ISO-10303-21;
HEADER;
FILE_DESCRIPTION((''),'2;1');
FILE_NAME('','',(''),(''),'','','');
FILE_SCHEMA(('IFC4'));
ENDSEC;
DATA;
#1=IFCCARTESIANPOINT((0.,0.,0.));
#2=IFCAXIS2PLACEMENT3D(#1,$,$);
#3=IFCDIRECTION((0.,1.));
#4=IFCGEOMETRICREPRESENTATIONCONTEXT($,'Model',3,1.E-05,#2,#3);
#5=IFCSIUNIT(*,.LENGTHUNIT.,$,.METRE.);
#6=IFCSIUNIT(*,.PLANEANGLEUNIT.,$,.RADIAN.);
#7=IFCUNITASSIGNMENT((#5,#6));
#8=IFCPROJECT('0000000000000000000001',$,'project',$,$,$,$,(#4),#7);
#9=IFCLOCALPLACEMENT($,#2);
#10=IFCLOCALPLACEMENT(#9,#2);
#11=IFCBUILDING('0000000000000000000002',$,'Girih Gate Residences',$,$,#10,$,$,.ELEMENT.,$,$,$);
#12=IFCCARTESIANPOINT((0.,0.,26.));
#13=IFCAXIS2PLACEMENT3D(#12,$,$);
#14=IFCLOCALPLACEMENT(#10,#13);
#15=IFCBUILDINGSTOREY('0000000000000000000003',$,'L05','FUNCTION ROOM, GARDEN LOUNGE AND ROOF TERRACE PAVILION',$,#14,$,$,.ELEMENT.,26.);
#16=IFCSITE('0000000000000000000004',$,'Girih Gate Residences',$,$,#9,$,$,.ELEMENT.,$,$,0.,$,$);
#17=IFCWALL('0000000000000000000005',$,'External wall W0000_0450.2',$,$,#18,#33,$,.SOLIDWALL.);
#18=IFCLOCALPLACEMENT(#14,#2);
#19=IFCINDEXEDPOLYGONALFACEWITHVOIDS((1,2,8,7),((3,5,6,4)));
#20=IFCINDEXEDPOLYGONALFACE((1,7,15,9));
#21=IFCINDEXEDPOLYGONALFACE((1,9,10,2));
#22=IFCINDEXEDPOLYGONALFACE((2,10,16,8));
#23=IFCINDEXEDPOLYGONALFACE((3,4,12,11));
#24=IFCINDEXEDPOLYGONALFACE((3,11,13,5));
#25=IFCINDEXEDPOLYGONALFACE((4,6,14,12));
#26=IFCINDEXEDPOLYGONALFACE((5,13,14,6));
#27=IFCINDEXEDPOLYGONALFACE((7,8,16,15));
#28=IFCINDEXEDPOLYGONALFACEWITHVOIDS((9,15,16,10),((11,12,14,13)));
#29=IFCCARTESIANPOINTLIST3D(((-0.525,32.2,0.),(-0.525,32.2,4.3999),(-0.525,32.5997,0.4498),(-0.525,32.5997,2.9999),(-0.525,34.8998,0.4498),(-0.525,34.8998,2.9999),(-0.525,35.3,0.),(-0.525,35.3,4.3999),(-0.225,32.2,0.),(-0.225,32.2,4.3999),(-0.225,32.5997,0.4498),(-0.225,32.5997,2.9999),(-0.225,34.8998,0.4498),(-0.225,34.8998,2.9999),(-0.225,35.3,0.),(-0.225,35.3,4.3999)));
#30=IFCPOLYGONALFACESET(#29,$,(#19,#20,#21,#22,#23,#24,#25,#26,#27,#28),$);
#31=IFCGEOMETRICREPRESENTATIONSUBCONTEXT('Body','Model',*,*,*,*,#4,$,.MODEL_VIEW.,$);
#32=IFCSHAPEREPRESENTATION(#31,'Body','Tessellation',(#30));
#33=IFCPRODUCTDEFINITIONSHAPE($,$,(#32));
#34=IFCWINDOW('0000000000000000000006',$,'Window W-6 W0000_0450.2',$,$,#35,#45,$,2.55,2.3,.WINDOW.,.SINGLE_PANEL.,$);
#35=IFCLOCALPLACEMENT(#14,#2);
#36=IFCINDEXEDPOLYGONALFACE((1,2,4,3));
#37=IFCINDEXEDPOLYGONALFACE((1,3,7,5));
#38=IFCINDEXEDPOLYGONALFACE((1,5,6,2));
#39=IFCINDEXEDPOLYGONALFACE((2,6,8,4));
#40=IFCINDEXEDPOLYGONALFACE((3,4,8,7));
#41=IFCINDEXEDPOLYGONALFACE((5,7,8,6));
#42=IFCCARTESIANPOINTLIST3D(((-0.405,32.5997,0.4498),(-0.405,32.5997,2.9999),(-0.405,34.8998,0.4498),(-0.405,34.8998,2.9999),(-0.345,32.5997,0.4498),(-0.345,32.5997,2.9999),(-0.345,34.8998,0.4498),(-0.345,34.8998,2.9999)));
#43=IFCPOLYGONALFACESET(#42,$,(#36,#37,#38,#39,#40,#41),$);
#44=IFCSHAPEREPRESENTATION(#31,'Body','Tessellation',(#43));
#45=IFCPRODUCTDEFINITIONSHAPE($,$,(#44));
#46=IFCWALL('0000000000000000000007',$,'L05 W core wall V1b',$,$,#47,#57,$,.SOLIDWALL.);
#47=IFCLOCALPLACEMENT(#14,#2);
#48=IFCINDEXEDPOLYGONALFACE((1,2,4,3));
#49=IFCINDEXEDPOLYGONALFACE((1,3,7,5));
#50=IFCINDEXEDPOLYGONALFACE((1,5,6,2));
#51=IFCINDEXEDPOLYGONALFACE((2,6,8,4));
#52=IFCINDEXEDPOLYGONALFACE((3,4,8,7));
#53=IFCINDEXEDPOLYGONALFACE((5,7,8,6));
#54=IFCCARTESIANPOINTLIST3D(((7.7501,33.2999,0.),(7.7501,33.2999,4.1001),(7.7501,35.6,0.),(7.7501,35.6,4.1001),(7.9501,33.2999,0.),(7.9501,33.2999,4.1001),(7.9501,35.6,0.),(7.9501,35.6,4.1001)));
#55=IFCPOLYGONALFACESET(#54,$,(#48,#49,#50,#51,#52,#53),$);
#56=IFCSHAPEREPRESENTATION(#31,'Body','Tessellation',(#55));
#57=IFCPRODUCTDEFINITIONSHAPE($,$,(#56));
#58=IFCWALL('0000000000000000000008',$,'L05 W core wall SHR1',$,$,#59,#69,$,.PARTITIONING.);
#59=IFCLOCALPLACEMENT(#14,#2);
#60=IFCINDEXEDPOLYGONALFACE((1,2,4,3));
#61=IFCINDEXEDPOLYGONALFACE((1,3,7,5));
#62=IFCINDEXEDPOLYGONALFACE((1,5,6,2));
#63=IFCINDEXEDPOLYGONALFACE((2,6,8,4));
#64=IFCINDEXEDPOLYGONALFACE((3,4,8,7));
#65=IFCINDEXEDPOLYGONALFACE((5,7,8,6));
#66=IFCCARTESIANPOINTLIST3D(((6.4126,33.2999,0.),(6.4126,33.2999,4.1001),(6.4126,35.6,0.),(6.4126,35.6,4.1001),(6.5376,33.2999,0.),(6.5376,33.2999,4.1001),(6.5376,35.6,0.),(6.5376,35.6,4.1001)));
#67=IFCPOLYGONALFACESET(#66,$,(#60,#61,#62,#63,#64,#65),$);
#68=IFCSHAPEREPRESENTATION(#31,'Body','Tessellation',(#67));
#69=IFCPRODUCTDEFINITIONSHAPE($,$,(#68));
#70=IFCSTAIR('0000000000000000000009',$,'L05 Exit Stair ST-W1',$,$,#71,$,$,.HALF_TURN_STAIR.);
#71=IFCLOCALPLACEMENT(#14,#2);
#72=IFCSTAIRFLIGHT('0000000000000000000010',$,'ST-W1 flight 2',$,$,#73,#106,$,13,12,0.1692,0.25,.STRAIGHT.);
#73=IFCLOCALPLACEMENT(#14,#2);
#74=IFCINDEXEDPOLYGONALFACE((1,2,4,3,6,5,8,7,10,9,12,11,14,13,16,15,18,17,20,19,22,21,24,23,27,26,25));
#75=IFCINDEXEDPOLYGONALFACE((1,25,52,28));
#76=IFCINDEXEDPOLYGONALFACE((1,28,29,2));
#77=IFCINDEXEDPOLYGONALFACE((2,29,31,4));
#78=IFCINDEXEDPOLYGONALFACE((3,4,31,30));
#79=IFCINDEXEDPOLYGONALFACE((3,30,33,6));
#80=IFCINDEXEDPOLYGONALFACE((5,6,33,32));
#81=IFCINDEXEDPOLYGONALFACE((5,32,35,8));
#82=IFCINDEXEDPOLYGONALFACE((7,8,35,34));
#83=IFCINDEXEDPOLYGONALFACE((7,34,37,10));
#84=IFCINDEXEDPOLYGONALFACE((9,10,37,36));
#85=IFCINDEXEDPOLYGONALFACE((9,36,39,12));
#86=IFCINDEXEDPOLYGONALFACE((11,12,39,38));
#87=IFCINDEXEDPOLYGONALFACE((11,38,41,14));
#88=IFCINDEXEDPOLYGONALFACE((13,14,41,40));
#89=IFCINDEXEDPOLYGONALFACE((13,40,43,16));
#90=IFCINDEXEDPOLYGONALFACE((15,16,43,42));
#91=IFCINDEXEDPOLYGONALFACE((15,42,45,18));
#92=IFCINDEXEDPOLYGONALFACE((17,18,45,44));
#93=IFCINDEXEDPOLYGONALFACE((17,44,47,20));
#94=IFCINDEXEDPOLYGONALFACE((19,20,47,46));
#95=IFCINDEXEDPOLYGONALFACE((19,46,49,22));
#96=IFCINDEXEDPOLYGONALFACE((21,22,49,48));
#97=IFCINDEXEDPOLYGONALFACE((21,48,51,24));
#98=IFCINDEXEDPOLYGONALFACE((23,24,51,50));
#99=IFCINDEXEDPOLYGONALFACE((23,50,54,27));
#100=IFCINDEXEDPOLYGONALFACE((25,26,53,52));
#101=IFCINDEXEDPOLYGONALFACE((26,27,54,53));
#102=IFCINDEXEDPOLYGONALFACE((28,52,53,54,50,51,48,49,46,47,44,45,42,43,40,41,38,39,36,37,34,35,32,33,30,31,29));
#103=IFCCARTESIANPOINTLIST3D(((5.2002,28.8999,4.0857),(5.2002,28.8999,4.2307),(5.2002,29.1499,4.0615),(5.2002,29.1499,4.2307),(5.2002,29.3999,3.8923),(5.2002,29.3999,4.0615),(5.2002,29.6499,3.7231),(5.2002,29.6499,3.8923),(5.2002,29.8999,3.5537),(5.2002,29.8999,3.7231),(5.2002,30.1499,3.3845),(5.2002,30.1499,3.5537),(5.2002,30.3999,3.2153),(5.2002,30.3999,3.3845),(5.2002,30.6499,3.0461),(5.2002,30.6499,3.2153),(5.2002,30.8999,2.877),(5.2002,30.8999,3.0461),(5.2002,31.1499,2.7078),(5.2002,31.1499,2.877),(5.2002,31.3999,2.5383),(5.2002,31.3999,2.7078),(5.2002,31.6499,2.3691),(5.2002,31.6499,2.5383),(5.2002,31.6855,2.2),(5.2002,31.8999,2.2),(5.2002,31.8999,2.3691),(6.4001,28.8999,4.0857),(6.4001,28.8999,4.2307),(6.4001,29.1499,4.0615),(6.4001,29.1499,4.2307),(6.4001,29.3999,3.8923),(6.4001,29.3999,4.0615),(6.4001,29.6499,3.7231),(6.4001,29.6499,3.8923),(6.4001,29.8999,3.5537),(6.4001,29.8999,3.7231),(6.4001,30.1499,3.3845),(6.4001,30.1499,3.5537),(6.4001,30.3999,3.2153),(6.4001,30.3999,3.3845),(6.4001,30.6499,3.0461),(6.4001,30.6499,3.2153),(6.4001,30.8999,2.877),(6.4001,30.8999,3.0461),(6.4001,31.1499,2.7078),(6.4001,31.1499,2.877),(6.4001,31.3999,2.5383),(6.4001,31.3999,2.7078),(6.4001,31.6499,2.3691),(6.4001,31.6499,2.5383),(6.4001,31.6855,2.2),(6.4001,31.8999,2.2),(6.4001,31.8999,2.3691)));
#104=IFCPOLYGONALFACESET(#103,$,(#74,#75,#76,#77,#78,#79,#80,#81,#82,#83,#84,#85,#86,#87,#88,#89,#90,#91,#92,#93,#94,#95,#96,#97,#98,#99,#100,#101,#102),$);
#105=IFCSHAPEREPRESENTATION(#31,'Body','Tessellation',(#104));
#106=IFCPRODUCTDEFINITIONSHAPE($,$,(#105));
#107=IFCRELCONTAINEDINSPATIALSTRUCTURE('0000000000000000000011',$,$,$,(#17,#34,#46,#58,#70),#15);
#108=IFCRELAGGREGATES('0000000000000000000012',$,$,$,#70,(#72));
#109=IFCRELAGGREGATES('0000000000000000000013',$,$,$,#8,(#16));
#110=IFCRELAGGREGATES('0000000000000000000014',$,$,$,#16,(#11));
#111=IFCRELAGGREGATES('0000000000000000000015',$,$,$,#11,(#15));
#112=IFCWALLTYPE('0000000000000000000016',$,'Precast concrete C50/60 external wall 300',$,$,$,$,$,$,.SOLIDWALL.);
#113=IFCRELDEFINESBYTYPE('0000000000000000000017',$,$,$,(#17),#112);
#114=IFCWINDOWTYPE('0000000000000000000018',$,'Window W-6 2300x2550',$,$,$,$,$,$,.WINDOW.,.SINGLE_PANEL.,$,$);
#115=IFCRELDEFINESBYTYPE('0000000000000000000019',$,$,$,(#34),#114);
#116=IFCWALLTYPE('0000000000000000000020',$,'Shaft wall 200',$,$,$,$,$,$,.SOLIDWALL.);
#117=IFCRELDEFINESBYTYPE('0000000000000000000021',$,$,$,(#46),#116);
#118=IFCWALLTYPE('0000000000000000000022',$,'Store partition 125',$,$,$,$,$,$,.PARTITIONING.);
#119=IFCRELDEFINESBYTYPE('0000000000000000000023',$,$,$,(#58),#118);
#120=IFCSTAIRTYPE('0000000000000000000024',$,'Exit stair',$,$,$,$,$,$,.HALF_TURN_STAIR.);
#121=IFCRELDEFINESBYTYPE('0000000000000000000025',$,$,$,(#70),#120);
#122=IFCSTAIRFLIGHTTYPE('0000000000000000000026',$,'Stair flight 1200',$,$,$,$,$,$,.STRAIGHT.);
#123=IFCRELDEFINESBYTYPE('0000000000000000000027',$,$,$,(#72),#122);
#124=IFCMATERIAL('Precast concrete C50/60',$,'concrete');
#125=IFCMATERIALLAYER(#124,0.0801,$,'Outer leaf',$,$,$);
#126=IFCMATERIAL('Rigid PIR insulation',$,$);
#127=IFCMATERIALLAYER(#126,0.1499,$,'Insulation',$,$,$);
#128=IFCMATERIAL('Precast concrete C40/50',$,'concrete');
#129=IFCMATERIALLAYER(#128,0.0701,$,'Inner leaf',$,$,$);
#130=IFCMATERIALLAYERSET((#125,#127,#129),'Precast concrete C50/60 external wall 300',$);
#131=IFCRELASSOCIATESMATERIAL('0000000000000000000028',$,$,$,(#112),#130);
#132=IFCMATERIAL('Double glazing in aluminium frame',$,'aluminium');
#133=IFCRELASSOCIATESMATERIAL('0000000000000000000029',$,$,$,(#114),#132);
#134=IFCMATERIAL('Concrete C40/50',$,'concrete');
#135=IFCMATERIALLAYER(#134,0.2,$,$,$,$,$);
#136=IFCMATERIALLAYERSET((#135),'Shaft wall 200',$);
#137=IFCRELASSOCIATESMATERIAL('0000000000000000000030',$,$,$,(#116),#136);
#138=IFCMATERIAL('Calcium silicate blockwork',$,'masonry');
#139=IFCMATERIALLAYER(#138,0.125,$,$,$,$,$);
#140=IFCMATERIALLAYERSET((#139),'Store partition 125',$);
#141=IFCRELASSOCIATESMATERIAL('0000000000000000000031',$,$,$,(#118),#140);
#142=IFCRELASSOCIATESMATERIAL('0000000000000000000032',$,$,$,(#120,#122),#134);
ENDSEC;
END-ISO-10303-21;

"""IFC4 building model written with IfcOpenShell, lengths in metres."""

from ifc_helpers import new_model, si_unit, direction, frame, frame_2d, origin, place, context, subcontext, project, spatial, polyline, rectangle, outline, extrude, material, layer, layer_set, type_object, element, fill, aggregate, save


model = new_model("IFC4")

# Units and contexts
model_context = context("Model", 3, precision=1e-05, world=origin(), true_north=direction((0.0, 1.0)))
body_context = subcontext(model_context, "Body", "Model", "MODEL_VIEW")
ifc_project = project(units=[si_unit("LENGTHUNIT", "METRE"), si_unit("PLANEANGLEUNIT", "RADIAN")], contexts=[model_context])

# Site, building, storey
site_placement = place(None, origin())
site = spatial("IfcSite", under=ifc_project, at=site_placement, Name="Girih Gate Residences", CompositionType="ELEMENT", RefElevation=0.0)
building_placement = place(site_placement, origin())
building = spatial("IfcBuilding", under=site, at=building_placement, Name="Girih Gate Residences", CompositionType="ELEMENT")
storey_placement = place(building_placement, frame((0.0, 0.0, 26.0)))
storey = spatial("IfcBuildingStorey", under=building, at=storey_placement, Name="L05", Description="FUNCTION ROOM, GARDEN LOUNGE AND ROOF TERRACE PAVILION", CompositionType="ELEMENT", Elevation=26.0)

# Shared definitions
ifc_material_1 = material(Name="Concrete C40/50", Category="concrete")

# Wall, opening, window
ifc_material_2 = material(Name="Precast concrete C50/60", Category="concrete")
ifc_layer_1 = layer(ifc_material_2, 0.0801, Name="Outer leaf")
ifc_material_3 = material(Name="Rigid PIR insulation")
ifc_layer_2 = layer(ifc_material_3, 0.1499, Name="Insulation")
ifc_material_4 = material(Name="Precast concrete C40/50", Category="concrete")
ifc_layer_3 = layer(ifc_material_4, 0.0701, Name="Inner leaf")
ifc_layer_set_1 = layer_set([ifc_layer_1, ifc_layer_2, ifc_layer_3], Name="Precast concrete C50/60 external wall 300")
wall_type_1 = type_object("IfcWallType", Name="Precast concrete C50/60 external wall 300", PredefinedType="SOLIDWALL", material=ifc_layer_set_1)
wall_1_placement = place(storey_placement, frame((-0.375, 32.2, 0.0), z_axis=(0.0, 0.0, 1.0), x_axis=(0.0, 1.0, 0.0)))
wall_1 = element("IfcWall", 1, at=wall_1_placement, inside=storey, type_object=wall_type_1, Name="External wall W0000_0450.2", PredefinedType="SOLIDWALL", context=body_context, shape_type="SweptSolid", body=[
    extrude(rectangle(XDim=3.1001, YDim=0.3, at=frame_2d((1.55, 0.0))), origin(), (0.0, 0.0, 1.0), 4.3999),
])
opening_1_placement = place(wall_1_placement, frame((0.3999, 0.0, 0.45)))
opening_1 = element("IfcOpeningElement", 2, at=opening_1_placement, cuts=wall_1, PredefinedType="OPENING", context=body_context, shape_type="SweptSolid", body=[
    extrude(rectangle(XDim=2.3, YDim=2.55, at=frame_2d((1.1499, 1.2749))), frame((0.0, 0.1599, 0.0), z_axis=(0.0, -1.0, 0.0), x_axis=(1.0, 0.0, 0.0)), (0.0, 0.0, 1.0), 0.3201),
])
ifc_material_5 = material(Name="Double glazing in aluminium frame", Category="aluminium")
window_type = type_object("IfcWindowType", Name="Window W-6 2300x2550", PartitioningType="SINGLE_PANEL", PredefinedType="WINDOW", material=ifc_material_5)
window_placement = place(opening_1_placement, origin())
window = element("IfcWindow", 3, at=window_placement, inside=storey, type_object=window_type, Name="Window W-6 W0000_0450.2", OverallHeight=2.55, OverallWidth=2.3, PartitioningType="SINGLE_PANEL", PredefinedType="WINDOW", context=body_context, shape_type="SweptSolid", body=[
    extrude(rectangle(XDim=2.3, YDim=2.55, at=frame_2d((1.1499, 1.2749))), frame((0.0, 0.03, 0.0), z_axis=(0.0, -1.0, 0.0), x_axis=(1.0, 0.0, 0.0)), (0.0, 0.0, 1.0), 0.0601),
])
fill(opening_1, window)

# Walls
ifc_layer_4 = layer(ifc_material_1, 0.2)
ifc_layer_set_2 = layer_set([ifc_layer_4], Name="Shaft wall 200")
wall_type_2 = type_object("IfcWallType", Name="Shaft wall 200", PredefinedType="SOLIDWALL", material=ifc_layer_set_2)
wall_2_placement = place(storey_placement, frame((7.8501, 33.3, 0.0), z_axis=(0.0, 0.0, 1.0), x_axis=(0.0, 1.0, 0.0)))
element("IfcWall", 4, at=wall_2_placement, inside=storey, type_object=wall_type_2, Name="L05 W core wall V1b", PredefinedType="SOLIDWALL", context=body_context, shape_type="SweptSolid", body=[
    extrude(rectangle(XDim=2.3, YDim=0.2, at=frame_2d((1.1499, 0.0))), origin(), (0.0, 0.0, 1.0), 4.1001),
])
ifc_material_6 = material(Name="Calcium silicate blockwork", Category="masonry")
ifc_layer_5 = layer(ifc_material_6, 0.125)
ifc_layer_set_3 = layer_set([ifc_layer_5], Name="Store partition 125")
wall_type_3 = type_object("IfcWallType", Name="Store partition 125", PredefinedType="PARTITIONING", material=ifc_layer_set_3)
wall_3_placement = place(storey_placement, frame((6.4751, 33.3, 0.0), z_axis=(0.0, 0.0, 1.0), x_axis=(0.0, 1.0, 0.0)))
element("IfcWall", 5, at=wall_3_placement, inside=storey, type_object=wall_type_3, Name="L05 W core wall SHR1", PredefinedType="PARTITIONING", context=body_context, shape_type="SweptSolid", body=[
    extrude(rectangle(XDim=2.3, YDim=0.125, at=frame_2d((1.1499, 0.0))), origin(), (0.0, 0.0, 1.0), 4.1001),
])

# Stair, stair flight
stair_type = type_object("IfcStairType", Name="Exit stair", PredefinedType="HALF_TURN_STAIR", material=ifc_material_1)
stair_placement = place(storey_placement, origin())
stair = element("IfcStair", 6, at=stair_placement, inside=storey, type_object=stair_type, Name="L05 Exit Stair ST-W1", PredefinedType="HALF_TURN_STAIR")
stair_flight_type = type_object("IfcStairFlightType", Name="Stair flight 1200", PredefinedType="STRAIGHT", material=ifc_material_1)
stair_flight_placement = place(storey_placement, frame((5.8, 31.8999, 2.2), z_axis=(0.0, 0.0, 1.0), x_axis=(0.0, -1.0, 0.0)))
stair_flight = element("IfcStairFlight", 7, at=stair_flight_placement, type_object=stair_flight_type, Name="ST-W1 flight 2", NumberOfRisers=13, NumberOfTreads=12, PredefinedType="STRAIGHT", RiserHeight=0.1692, TreadLength=0.25, context=body_context, shape_type="SweptSolid", body=[
    extrude(outline(polyline([(0.0, 0.0), (0.0, 0.1692), (0.25, 0.1692), (0.25, 0.3384), (0.5, 0.3384), (0.5, 0.5078), (0.75, 0.5078), (0.75, 0.677), (1.0, 0.677), (1.0, 0.8462), (1.25, 0.8462), (1.25, 1.0154), (1.5, 1.0154), (1.5, 1.1846), (1.75, 1.1846), (1.75, 1.3538), (2.0, 1.3538), (2.0, 1.5232), (2.25, 1.5232), (2.25, 1.6924), (2.5, 1.6924), (2.5, 1.8616), (2.75, 1.8616), (2.75, 2.0308), (3.0, 2.0308), (3.0, 2.2), (3.0, 1.8857), (0.2144, 0.0), (0.0, 0.0)])), frame((0.0, 0.6001, 0.0), z_axis=(0.0, -1.0, 0.0), x_axis=(1.0, 0.0, 0.0)), (0.0, 0.0, 1.0), 1.2),
])
aggregate(stair, [stair_flight])

save(model, "model.ifc")
